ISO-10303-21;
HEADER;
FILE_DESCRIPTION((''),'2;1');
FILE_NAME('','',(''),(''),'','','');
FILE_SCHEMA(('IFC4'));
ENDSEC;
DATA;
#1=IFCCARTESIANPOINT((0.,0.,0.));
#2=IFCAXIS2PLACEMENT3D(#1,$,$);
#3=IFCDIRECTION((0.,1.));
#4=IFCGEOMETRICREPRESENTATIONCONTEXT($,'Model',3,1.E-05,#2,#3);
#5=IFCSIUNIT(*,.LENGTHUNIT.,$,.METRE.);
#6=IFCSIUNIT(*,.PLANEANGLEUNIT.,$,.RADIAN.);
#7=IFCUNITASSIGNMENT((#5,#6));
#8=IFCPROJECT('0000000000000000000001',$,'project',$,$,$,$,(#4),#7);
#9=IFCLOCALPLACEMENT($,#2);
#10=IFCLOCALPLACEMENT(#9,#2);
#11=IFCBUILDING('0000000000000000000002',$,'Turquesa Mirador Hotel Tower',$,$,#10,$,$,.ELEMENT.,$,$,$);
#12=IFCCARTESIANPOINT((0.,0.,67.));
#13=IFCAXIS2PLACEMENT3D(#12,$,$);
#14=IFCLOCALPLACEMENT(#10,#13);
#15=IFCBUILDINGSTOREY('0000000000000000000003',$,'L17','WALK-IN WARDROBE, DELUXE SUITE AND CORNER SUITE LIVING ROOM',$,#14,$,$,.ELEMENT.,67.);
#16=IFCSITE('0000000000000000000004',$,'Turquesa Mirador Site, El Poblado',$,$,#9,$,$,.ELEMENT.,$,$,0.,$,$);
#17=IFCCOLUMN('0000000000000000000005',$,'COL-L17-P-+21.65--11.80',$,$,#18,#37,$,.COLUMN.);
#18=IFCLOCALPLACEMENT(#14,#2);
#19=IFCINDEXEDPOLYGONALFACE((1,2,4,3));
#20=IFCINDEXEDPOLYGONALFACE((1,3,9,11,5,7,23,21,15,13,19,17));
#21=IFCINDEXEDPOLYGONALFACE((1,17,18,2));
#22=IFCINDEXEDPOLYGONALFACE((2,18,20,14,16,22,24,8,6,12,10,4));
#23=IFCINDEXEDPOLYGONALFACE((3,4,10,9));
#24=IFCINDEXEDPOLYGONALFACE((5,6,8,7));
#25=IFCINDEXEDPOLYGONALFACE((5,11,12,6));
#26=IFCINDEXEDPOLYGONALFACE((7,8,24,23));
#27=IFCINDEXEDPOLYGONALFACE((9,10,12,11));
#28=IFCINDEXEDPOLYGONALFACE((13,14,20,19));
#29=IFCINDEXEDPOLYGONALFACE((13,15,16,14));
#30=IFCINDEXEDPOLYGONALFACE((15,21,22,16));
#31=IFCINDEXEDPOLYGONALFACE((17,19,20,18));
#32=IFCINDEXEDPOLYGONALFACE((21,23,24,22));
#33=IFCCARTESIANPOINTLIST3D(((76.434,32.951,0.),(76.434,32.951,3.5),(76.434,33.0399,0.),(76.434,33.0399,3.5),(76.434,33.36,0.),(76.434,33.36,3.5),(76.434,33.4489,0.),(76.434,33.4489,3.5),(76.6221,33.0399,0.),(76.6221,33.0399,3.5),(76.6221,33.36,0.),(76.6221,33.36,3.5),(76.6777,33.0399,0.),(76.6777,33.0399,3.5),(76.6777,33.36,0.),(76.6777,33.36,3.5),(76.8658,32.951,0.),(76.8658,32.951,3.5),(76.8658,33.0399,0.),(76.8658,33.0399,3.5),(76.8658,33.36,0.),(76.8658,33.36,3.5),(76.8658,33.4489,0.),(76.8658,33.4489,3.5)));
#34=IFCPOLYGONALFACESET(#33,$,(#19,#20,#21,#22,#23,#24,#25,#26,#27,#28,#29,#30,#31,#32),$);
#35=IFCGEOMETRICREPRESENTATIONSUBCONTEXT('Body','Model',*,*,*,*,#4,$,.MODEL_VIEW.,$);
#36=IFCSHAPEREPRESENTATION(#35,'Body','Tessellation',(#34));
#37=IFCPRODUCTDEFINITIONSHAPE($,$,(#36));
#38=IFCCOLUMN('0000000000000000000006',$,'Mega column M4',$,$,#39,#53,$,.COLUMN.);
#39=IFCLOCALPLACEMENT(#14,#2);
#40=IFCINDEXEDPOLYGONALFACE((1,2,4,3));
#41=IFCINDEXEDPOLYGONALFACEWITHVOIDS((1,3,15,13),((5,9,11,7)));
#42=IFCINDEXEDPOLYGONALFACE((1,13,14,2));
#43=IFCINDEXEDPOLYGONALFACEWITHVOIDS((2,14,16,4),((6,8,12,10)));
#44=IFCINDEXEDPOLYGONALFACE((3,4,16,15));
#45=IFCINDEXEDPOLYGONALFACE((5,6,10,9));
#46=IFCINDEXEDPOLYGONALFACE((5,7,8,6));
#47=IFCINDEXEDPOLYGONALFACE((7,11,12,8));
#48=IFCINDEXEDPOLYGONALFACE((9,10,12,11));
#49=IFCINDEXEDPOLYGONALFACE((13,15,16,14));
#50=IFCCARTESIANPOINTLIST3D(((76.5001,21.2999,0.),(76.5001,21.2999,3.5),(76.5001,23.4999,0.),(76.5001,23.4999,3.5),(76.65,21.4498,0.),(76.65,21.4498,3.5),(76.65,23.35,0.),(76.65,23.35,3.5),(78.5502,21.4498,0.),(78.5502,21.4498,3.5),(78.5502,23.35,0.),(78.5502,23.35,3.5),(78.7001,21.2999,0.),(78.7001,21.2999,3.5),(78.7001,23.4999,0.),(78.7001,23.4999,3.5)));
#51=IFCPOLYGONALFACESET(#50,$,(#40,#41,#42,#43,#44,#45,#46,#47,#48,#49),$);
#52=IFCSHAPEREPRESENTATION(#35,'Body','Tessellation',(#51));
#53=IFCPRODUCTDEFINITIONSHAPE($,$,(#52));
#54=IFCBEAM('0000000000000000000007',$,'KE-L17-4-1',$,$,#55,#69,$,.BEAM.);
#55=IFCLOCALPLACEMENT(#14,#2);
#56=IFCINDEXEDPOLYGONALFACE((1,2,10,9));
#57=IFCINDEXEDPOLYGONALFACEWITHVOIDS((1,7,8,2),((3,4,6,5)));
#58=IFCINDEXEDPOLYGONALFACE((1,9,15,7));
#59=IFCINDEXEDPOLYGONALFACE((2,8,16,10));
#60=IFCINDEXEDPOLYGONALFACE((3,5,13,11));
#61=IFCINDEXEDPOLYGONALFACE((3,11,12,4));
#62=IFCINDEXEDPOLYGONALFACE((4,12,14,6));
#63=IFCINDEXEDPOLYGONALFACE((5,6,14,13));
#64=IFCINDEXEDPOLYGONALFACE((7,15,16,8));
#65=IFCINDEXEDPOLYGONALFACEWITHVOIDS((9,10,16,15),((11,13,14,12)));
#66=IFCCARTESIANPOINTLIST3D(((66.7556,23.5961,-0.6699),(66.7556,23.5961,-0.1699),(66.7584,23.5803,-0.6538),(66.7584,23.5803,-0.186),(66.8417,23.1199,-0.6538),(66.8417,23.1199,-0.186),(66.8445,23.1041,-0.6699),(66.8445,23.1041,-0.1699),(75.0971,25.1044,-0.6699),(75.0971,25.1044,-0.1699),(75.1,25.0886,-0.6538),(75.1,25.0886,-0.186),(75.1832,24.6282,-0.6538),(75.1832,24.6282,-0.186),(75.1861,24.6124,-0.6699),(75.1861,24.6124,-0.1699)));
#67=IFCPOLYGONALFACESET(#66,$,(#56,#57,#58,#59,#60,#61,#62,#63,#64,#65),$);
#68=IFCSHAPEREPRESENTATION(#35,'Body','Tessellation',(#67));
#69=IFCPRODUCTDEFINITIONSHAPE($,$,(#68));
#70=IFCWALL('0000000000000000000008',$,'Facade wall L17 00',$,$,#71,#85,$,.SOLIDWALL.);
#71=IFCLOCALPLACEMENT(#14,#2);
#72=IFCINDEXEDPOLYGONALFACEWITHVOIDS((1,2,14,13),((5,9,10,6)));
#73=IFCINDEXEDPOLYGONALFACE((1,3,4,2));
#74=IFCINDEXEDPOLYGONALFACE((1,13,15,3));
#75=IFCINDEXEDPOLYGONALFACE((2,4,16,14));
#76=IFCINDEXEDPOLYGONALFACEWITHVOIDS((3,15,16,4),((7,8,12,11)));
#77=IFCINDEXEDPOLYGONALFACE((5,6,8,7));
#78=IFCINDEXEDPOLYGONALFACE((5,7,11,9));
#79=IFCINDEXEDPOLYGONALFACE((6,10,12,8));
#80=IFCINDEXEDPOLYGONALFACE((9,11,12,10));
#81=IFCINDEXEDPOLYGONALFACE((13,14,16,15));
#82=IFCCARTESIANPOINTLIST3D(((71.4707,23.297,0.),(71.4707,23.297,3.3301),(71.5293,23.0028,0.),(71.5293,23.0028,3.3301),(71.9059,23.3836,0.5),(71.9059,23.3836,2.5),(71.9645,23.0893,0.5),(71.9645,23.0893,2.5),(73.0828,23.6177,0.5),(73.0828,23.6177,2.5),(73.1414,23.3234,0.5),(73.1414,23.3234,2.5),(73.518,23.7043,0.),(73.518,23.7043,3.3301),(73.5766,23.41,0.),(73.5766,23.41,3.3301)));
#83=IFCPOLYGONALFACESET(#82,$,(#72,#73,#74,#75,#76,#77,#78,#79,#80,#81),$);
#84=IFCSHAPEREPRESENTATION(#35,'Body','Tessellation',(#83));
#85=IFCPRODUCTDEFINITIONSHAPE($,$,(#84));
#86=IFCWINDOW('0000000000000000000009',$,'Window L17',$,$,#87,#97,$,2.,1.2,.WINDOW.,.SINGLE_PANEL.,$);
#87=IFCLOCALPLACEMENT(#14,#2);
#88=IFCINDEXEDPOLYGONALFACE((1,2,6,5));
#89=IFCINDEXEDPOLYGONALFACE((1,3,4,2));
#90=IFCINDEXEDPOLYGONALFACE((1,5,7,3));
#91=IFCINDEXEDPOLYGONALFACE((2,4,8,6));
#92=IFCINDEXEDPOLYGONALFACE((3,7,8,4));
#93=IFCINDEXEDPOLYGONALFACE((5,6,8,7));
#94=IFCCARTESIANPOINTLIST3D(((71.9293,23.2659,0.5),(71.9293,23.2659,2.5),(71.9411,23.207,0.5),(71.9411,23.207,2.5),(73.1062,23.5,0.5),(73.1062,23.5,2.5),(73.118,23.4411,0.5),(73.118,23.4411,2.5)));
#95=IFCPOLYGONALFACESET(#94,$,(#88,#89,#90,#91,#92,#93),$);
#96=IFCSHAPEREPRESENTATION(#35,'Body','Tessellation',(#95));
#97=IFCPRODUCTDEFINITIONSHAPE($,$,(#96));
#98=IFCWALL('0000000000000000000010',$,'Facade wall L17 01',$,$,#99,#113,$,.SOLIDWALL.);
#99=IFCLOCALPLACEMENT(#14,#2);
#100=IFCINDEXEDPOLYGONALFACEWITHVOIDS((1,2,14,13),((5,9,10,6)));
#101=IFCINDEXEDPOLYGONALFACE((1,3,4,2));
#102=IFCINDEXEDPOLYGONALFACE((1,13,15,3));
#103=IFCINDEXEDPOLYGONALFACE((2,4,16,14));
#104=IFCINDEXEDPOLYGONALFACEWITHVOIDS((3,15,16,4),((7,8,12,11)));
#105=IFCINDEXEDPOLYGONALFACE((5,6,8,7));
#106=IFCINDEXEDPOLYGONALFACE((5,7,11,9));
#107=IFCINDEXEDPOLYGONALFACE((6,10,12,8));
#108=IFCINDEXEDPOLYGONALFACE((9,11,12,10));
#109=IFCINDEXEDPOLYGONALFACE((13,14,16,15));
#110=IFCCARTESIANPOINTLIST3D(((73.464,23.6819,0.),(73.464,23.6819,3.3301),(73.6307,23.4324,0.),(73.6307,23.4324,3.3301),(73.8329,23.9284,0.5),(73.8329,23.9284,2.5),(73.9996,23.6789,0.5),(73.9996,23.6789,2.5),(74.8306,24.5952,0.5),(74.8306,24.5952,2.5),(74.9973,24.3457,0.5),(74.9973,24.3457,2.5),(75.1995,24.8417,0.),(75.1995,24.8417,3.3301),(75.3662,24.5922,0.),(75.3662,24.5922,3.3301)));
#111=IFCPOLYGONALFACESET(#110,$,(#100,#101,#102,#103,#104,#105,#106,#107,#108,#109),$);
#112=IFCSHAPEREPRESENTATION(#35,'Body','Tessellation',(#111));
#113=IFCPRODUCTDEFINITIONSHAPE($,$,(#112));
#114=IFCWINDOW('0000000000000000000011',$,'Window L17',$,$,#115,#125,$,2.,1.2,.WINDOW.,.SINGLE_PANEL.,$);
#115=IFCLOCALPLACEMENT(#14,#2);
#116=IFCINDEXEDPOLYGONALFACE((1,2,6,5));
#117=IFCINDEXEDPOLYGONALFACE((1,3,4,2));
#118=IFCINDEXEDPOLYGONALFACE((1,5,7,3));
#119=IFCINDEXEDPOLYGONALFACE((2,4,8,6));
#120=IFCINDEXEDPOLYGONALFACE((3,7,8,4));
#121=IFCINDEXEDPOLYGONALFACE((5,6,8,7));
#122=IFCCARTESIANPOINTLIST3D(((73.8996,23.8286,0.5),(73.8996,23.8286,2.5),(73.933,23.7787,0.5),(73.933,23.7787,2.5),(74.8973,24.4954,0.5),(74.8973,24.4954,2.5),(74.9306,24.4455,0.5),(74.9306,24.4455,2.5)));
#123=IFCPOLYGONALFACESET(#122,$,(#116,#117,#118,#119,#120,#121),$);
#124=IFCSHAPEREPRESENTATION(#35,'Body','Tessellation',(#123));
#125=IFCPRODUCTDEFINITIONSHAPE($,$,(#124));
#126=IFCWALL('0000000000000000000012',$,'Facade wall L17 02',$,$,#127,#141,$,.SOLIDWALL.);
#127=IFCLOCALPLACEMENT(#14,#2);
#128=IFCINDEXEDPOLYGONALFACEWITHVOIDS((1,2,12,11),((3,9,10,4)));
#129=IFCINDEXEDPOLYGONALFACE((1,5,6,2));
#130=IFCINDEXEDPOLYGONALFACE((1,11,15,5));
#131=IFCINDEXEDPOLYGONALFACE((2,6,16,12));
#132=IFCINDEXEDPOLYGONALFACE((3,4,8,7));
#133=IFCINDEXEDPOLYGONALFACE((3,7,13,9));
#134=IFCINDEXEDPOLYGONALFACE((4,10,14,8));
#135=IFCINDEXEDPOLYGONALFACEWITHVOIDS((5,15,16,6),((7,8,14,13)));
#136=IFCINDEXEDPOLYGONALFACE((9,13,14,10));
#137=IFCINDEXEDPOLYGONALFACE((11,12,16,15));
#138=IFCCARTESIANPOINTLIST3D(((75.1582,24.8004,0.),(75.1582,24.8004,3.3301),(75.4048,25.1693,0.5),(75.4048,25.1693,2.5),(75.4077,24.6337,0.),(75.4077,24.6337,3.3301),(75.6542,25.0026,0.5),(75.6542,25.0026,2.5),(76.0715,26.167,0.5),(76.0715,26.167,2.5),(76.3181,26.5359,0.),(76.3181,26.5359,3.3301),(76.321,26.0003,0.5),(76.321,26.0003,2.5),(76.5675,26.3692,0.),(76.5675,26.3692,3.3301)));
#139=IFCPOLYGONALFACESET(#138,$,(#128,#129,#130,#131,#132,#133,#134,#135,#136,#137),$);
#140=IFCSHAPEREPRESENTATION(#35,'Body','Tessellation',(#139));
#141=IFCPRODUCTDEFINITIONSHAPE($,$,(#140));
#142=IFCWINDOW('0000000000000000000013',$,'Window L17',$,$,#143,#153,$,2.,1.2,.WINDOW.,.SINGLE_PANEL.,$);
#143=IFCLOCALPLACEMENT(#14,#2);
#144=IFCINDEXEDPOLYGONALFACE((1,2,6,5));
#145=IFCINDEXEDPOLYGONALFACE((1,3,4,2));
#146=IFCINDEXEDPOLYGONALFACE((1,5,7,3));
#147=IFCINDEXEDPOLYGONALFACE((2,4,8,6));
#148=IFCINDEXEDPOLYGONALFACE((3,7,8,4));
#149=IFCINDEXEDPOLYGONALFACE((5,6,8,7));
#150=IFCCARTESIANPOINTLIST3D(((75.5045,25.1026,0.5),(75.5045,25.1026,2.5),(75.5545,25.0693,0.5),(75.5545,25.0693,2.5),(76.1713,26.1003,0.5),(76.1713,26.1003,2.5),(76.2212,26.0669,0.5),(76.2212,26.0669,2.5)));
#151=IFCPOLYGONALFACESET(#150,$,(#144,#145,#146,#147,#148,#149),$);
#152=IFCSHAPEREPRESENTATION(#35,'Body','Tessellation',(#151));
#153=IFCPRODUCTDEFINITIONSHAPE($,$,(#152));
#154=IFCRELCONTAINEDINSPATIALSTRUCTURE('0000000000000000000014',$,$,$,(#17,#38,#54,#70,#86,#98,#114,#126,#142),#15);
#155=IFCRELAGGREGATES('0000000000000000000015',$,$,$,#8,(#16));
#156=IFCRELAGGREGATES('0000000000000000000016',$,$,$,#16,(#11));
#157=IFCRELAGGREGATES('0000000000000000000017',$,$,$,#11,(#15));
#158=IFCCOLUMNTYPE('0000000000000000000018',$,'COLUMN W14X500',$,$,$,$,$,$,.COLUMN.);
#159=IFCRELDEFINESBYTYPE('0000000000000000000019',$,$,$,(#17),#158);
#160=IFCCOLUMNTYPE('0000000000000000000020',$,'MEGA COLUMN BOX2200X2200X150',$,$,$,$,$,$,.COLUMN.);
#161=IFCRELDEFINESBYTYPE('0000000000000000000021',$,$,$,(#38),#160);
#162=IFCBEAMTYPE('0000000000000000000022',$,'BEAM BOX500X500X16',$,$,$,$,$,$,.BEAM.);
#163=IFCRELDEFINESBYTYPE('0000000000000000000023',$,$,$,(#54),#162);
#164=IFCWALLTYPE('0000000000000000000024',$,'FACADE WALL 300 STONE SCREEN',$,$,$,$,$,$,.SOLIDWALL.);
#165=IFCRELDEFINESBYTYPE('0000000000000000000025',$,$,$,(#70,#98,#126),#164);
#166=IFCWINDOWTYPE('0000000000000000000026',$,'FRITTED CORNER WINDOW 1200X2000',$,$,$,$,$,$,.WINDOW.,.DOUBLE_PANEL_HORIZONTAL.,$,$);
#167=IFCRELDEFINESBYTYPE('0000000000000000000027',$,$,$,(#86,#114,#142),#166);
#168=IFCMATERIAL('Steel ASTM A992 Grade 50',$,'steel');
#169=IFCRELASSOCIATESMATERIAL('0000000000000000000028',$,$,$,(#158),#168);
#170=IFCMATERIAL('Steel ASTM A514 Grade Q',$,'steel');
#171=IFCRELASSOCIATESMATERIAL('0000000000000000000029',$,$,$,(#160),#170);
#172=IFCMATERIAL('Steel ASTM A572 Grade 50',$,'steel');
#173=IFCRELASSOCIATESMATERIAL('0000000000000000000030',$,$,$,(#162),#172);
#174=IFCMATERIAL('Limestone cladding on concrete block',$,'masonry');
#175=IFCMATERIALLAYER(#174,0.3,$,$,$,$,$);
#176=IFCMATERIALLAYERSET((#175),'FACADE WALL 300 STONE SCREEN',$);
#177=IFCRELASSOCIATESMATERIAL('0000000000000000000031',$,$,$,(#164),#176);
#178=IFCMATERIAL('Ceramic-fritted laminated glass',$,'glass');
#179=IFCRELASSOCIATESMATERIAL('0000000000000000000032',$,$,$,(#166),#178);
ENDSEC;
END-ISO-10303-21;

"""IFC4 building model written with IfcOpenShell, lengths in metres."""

from ifc_helpers import new_model, si_unit, direction, frame, frame_2d, origin, origin_2d, place, context, subcontext, project, spatial, rectangle, hollow_rectangle, i_section, extrude, material, layer, layer_set, material_profile, profile_set, type_object, element, fill, save


model = new_model("IFC4")

# Units and contexts
model_context = context("Model", 3, precision=1e-05, world=origin(), true_north=direction((0.0, 1.0)))
body_context = subcontext(model_context, "Body", "Model", "MODEL_VIEW")
ifc_project = project(units=[si_unit("LENGTHUNIT", "METRE"), si_unit("PLANEANGLEUNIT", "RADIAN")], contexts=[model_context])

# Site, building, storey
site_placement = place(None, origin())
site = spatial("IfcSite", under=ifc_project, at=site_placement, Name="Turquesa Mirador Site, El Poblado", CompositionType="ELEMENT", RefElevation=0.0)
building_placement = place(site_placement, origin())
building = spatial("IfcBuilding", under=site, at=building_placement, Name="Turquesa Mirador Hotel Tower", CompositionType="ELEMENT")
storey_placement = place(building_placement, frame((0.0, 0.0, 67.0)))
storey = spatial("IfcBuildingStorey", under=building, at=storey_placement, Name="L17", Description="WALK-IN WARDROBE, DELUXE SUITE AND CORNER SUITE LIVING ROOM", CompositionType="ELEMENT", Elevation=67.0)

# Columns
ifc_material_1 = material(Name="Steel ASTM A992 Grade 50", Category="steel")
ifc_material_profile_1 = material_profile(ifc_material_1, i_section(OverallWidth=0.4319, OverallDepth=0.4978, WebThickness=0.0557, FlangeThickness=0.0889, at=origin_2d()), Name="W14X500")
ifc_profile_set_1 = profile_set([ifc_material_profile_1], Name="Steel ASTM A992 Grade 50")
column_type_1 = type_object("IfcColumnType", Name="COLUMN W14X500", PredefinedType="COLUMN", material=ifc_profile_set_1)
column_1_placement = place(storey_placement, frame((76.6499, 33.2, 0.0), z_axis=(0.0, 0.0, 1.0), x_axis=(1.0, 0.0, 0.0)))
element("IfcColumn", 1, at=column_1_placement, inside=storey, type_object=column_type_1, Name="COL-L17-P-+21.65--11.80", PredefinedType="COLUMN", context=body_context, shape_type="SweptSolid", body=[
    extrude(i_section(OverallWidth=0.4319, OverallDepth=0.4978, WebThickness=0.0557, FlangeThickness=0.0889, at=origin_2d()), origin(), (0.0, 0.0, 1.0), 3.5),
])
ifc_material_2 = material(Name="Steel ASTM A514 Grade Q", Category="steel")
ifc_material_profile_2 = material_profile(ifc_material_2, hollow_rectangle(XDim=2.2, YDim=2.2, WallThickness=0.1499, at=origin_2d()), Name="BOX2200X2200X150")
ifc_profile_set_2 = profile_set([ifc_material_profile_2], Name="Steel ASTM A514 Grade Q")
column_type_2 = type_object("IfcColumnType", Name="MEGA COLUMN BOX2200X2200X150", PredefinedType="COLUMN", material=ifc_profile_set_2)
column_2_placement = place(storey_placement, frame((77.6001, 22.3999, 0.0), z_axis=(0.0, 0.0, 1.0), x_axis=(1.0, 0.0, 0.0)))
element("IfcColumn", 2, at=column_2_placement, inside=storey, type_object=column_type_2, Name="Mega column M4", PredefinedType="COLUMN", context=body_context, shape_type="SweptSolid", body=[
    extrude(hollow_rectangle(XDim=2.2, YDim=2.2, WallThickness=0.1499, at=origin_2d()), origin(), (0.0, 0.0, 1.0), 3.5),
])

# Beam
ifc_material_3 = material(Name="Steel ASTM A572 Grade 50", Category="steel")
ifc_material_profile_3 = material_profile(ifc_material_3, hollow_rectangle(XDim=0.5, YDim=0.5, WallThickness=0.0161, at=origin_2d()), Name="BOX500X500X16")
ifc_profile_set_3 = profile_set([ifc_material_profile_3], Name="Steel ASTM A572 Grade 50")
beam_type = type_object("IfcBeamType", Name="BEAM BOX500X500X16", PredefinedType="BEAM", material=ifc_profile_set_3)
beam_placement = place(storey_placement, frame((75.1416, 24.8584, -0.4199), z_axis=(-0.984043, -0.177932, 0.0), x_axis=(0.177932, -0.984043, 0.0)))
element("IfcBeam", 3, at=beam_placement, inside=storey, type_object=beam_type, Name="KE-L17-4-1", PredefinedType="BEAM", context=body_context, shape_type="SweptSolid", body=[
    extrude(hollow_rectangle(XDim=0.5, YDim=0.5, WallThickness=0.0161, at=origin_2d()), origin(), (0.0, 0.0, 1.0), 8.4768),
])

# Walls, openings, windows
ifc_material_4 = material(Name="Limestone cladding on concrete block", Category="masonry")
ifc_layer_1 = layer(ifc_material_4, 0.3)
ifc_layer_set_1 = layer_set([ifc_layer_1], Name="FACADE WALL 300 STONE SCREEN")
wall_type_1 = type_object("IfcWallType", Name="FACADE WALL 300 STONE SCREEN", PredefinedType="SOLIDWALL", material=ifc_layer_set_1)
wall_1_placement = place(storey_placement, frame((71.5, 23.1499, 0.0), z_axis=(0.0, 0.0, 1.0), x_axis=(0.980787, 0.195081, 0.0)))
wall_1 = element("IfcWall", 4, at=wall_1_placement, inside=storey, type_object=wall_type_1, Name="Facade wall L17 00", PredefinedType="SOLIDWALL", context=body_context, shape_type="SweptSolid", body=[
    extrude(rectangle(XDim=2.0874, YDim=0.3, at=frame_2d((1.0437, 0.0))), origin(), (0.0, 0.0, 1.0), 3.3301),
])
opening_1_placement = place(wall_1_placement, frame((0.4436, 0.0, 0.5)))
opening_1 = element("IfcOpeningElement", 5, at=opening_1_placement, cuts=wall_1, PredefinedType="OPENING", context=body_context, shape_type="SweptSolid", body=[
    extrude(rectangle(XDim=1.2, YDim=2.0, at=frame_2d((0.6001, 1.0))), frame((0.0, 0.1599, 0.0), z_axis=(0.0, -1.0, 0.0), x_axis=(1.0, 0.0, 0.0)), (0.0, 0.0, 1.0), 0.3201),
])
ifc_material_5 = material(Name="Ceramic-fritted laminated glass", Category="glass")
window_type_1 = type_object("IfcWindowType", Name="FRITTED CORNER WINDOW 1200X2000", PartitioningType="DOUBLE_PANEL_HORIZONTAL", PredefinedType="WINDOW", material=ifc_material_5)
window_1_placement = place(opening_1_placement, origin())
window_1 = element("IfcWindow", 6, at=window_1_placement, inside=storey, type_object=window_type_1, Name="Window L17", OverallHeight=2.0, OverallWidth=1.2, PartitioningType="SINGLE_PANEL", PredefinedType="WINDOW", context=body_context, shape_type="SweptSolid", body=[
    extrude(rectangle(XDim=1.2, YDim=2.0, at=frame_2d((0.6001, 1.0))), frame((0.0, 0.03, 0.0), z_axis=(0.0, -1.0, 0.0), x_axis=(1.0, 0.0, 0.0)), (0.0, 0.0, 1.0), 0.0601),
])
fill(opening_1, window_1)
wall_2_placement = place(storey_placement, frame((73.5474, 23.5571, 0.0), z_axis=(0.0, 0.0, 1.0), x_axis=(0.83142, 0.555644, 0.0)))
wall_2 = element("IfcWall", 7, at=wall_2_placement, inside=storey, type_object=wall_type_1, Name="Facade wall L17 01", PredefinedType="SOLIDWALL", context=body_context, shape_type="SweptSolid", body=[
    extrude(rectangle(XDim=2.0874, YDim=0.3, at=frame_2d((1.0437, 0.0))), origin(), (0.0, 0.0, 1.0), 3.3301),
])
opening_2_placement = place(wall_2_placement, frame((0.4436, 0.0, 0.5)))
opening_2 = element("IfcOpeningElement", 8, at=opening_2_placement, cuts=wall_2, PredefinedType="OPENING", context=body_context, shape_type="SweptSolid", body=[
    extrude(rectangle(XDim=1.2, YDim=2.0, at=frame_2d((0.6001, 1.0))), frame((0.0, 0.1599, 0.0), z_axis=(0.0, -1.0, 0.0), x_axis=(1.0, 0.0, 0.0)), (0.0, 0.0, 1.0), 0.3201),
])
window_2_placement = place(opening_2_placement, origin())
window_2 = element("IfcWindow", 9, at=window_2_placement, inside=storey, type_object=window_type_1, Name="Window L17", OverallHeight=2.0, OverallWidth=1.2, PartitioningType="SINGLE_PANEL", PredefinedType="WINDOW", context=body_context, shape_type="SweptSolid", body=[
    extrude(rectangle(XDim=1.2, YDim=2.0, at=frame_2d((0.6001, 1.0))), frame((0.0, 0.03, 0.0), z_axis=(0.0, -1.0, 0.0), x_axis=(1.0, 0.0, 0.0)), (0.0, 0.0, 1.0), 0.0601),
])
fill(opening_2, window_2)
wall_3_placement = place(storey_placement, frame((75.283, 24.717, 0.0), z_axis=(0.0, 0.0, 1.0), x_axis=(0.555644, 0.83142, 0.0)))
wall_3 = element("IfcWall", 10, at=wall_3_placement, inside=storey, type_object=wall_type_1, Name="Facade wall L17 02", PredefinedType="SOLIDWALL", context=body_context, shape_type="SweptSolid", body=[
    extrude(rectangle(XDim=2.0874, YDim=0.3, at=frame_2d((1.0437, 0.0))), origin(), (0.0, 0.0, 1.0), 3.3301),
])
opening_3_placement = place(wall_3_placement, frame((0.4436, 0.0, 0.5)))
opening_3 = element("IfcOpeningElement", 11, at=opening_3_placement, cuts=wall_3, PredefinedType="OPENING", context=body_context, shape_type="SweptSolid", body=[
    extrude(rectangle(XDim=1.2, YDim=2.0, at=frame_2d((0.6001, 1.0))), frame((0.0, 0.1599, 0.0), z_axis=(0.0, -1.0, 0.0), x_axis=(1.0, 0.0, 0.0)), (0.0, 0.0, 1.0), 0.3201),
])
window_3_placement = place(opening_3_placement, origin())
window_3 = element("IfcWindow", 12, at=window_3_placement, inside=storey, type_object=window_type_1, Name="Window L17", OverallHeight=2.0, OverallWidth=1.2, PartitioningType="SINGLE_PANEL", PredefinedType="WINDOW", context=body_context, shape_type="SweptSolid", body=[
    extrude(rectangle(XDim=1.2, YDim=2.0, at=frame_2d((0.6001, 1.0))), frame((0.0, 0.03, 0.0), z_axis=(0.0, -1.0, 0.0), x_axis=(1.0, 0.0, 0.0)), (0.0, 0.0, 1.0), 0.0601),
])
fill(opening_3, window_3)

save(model, "model.ifc")
